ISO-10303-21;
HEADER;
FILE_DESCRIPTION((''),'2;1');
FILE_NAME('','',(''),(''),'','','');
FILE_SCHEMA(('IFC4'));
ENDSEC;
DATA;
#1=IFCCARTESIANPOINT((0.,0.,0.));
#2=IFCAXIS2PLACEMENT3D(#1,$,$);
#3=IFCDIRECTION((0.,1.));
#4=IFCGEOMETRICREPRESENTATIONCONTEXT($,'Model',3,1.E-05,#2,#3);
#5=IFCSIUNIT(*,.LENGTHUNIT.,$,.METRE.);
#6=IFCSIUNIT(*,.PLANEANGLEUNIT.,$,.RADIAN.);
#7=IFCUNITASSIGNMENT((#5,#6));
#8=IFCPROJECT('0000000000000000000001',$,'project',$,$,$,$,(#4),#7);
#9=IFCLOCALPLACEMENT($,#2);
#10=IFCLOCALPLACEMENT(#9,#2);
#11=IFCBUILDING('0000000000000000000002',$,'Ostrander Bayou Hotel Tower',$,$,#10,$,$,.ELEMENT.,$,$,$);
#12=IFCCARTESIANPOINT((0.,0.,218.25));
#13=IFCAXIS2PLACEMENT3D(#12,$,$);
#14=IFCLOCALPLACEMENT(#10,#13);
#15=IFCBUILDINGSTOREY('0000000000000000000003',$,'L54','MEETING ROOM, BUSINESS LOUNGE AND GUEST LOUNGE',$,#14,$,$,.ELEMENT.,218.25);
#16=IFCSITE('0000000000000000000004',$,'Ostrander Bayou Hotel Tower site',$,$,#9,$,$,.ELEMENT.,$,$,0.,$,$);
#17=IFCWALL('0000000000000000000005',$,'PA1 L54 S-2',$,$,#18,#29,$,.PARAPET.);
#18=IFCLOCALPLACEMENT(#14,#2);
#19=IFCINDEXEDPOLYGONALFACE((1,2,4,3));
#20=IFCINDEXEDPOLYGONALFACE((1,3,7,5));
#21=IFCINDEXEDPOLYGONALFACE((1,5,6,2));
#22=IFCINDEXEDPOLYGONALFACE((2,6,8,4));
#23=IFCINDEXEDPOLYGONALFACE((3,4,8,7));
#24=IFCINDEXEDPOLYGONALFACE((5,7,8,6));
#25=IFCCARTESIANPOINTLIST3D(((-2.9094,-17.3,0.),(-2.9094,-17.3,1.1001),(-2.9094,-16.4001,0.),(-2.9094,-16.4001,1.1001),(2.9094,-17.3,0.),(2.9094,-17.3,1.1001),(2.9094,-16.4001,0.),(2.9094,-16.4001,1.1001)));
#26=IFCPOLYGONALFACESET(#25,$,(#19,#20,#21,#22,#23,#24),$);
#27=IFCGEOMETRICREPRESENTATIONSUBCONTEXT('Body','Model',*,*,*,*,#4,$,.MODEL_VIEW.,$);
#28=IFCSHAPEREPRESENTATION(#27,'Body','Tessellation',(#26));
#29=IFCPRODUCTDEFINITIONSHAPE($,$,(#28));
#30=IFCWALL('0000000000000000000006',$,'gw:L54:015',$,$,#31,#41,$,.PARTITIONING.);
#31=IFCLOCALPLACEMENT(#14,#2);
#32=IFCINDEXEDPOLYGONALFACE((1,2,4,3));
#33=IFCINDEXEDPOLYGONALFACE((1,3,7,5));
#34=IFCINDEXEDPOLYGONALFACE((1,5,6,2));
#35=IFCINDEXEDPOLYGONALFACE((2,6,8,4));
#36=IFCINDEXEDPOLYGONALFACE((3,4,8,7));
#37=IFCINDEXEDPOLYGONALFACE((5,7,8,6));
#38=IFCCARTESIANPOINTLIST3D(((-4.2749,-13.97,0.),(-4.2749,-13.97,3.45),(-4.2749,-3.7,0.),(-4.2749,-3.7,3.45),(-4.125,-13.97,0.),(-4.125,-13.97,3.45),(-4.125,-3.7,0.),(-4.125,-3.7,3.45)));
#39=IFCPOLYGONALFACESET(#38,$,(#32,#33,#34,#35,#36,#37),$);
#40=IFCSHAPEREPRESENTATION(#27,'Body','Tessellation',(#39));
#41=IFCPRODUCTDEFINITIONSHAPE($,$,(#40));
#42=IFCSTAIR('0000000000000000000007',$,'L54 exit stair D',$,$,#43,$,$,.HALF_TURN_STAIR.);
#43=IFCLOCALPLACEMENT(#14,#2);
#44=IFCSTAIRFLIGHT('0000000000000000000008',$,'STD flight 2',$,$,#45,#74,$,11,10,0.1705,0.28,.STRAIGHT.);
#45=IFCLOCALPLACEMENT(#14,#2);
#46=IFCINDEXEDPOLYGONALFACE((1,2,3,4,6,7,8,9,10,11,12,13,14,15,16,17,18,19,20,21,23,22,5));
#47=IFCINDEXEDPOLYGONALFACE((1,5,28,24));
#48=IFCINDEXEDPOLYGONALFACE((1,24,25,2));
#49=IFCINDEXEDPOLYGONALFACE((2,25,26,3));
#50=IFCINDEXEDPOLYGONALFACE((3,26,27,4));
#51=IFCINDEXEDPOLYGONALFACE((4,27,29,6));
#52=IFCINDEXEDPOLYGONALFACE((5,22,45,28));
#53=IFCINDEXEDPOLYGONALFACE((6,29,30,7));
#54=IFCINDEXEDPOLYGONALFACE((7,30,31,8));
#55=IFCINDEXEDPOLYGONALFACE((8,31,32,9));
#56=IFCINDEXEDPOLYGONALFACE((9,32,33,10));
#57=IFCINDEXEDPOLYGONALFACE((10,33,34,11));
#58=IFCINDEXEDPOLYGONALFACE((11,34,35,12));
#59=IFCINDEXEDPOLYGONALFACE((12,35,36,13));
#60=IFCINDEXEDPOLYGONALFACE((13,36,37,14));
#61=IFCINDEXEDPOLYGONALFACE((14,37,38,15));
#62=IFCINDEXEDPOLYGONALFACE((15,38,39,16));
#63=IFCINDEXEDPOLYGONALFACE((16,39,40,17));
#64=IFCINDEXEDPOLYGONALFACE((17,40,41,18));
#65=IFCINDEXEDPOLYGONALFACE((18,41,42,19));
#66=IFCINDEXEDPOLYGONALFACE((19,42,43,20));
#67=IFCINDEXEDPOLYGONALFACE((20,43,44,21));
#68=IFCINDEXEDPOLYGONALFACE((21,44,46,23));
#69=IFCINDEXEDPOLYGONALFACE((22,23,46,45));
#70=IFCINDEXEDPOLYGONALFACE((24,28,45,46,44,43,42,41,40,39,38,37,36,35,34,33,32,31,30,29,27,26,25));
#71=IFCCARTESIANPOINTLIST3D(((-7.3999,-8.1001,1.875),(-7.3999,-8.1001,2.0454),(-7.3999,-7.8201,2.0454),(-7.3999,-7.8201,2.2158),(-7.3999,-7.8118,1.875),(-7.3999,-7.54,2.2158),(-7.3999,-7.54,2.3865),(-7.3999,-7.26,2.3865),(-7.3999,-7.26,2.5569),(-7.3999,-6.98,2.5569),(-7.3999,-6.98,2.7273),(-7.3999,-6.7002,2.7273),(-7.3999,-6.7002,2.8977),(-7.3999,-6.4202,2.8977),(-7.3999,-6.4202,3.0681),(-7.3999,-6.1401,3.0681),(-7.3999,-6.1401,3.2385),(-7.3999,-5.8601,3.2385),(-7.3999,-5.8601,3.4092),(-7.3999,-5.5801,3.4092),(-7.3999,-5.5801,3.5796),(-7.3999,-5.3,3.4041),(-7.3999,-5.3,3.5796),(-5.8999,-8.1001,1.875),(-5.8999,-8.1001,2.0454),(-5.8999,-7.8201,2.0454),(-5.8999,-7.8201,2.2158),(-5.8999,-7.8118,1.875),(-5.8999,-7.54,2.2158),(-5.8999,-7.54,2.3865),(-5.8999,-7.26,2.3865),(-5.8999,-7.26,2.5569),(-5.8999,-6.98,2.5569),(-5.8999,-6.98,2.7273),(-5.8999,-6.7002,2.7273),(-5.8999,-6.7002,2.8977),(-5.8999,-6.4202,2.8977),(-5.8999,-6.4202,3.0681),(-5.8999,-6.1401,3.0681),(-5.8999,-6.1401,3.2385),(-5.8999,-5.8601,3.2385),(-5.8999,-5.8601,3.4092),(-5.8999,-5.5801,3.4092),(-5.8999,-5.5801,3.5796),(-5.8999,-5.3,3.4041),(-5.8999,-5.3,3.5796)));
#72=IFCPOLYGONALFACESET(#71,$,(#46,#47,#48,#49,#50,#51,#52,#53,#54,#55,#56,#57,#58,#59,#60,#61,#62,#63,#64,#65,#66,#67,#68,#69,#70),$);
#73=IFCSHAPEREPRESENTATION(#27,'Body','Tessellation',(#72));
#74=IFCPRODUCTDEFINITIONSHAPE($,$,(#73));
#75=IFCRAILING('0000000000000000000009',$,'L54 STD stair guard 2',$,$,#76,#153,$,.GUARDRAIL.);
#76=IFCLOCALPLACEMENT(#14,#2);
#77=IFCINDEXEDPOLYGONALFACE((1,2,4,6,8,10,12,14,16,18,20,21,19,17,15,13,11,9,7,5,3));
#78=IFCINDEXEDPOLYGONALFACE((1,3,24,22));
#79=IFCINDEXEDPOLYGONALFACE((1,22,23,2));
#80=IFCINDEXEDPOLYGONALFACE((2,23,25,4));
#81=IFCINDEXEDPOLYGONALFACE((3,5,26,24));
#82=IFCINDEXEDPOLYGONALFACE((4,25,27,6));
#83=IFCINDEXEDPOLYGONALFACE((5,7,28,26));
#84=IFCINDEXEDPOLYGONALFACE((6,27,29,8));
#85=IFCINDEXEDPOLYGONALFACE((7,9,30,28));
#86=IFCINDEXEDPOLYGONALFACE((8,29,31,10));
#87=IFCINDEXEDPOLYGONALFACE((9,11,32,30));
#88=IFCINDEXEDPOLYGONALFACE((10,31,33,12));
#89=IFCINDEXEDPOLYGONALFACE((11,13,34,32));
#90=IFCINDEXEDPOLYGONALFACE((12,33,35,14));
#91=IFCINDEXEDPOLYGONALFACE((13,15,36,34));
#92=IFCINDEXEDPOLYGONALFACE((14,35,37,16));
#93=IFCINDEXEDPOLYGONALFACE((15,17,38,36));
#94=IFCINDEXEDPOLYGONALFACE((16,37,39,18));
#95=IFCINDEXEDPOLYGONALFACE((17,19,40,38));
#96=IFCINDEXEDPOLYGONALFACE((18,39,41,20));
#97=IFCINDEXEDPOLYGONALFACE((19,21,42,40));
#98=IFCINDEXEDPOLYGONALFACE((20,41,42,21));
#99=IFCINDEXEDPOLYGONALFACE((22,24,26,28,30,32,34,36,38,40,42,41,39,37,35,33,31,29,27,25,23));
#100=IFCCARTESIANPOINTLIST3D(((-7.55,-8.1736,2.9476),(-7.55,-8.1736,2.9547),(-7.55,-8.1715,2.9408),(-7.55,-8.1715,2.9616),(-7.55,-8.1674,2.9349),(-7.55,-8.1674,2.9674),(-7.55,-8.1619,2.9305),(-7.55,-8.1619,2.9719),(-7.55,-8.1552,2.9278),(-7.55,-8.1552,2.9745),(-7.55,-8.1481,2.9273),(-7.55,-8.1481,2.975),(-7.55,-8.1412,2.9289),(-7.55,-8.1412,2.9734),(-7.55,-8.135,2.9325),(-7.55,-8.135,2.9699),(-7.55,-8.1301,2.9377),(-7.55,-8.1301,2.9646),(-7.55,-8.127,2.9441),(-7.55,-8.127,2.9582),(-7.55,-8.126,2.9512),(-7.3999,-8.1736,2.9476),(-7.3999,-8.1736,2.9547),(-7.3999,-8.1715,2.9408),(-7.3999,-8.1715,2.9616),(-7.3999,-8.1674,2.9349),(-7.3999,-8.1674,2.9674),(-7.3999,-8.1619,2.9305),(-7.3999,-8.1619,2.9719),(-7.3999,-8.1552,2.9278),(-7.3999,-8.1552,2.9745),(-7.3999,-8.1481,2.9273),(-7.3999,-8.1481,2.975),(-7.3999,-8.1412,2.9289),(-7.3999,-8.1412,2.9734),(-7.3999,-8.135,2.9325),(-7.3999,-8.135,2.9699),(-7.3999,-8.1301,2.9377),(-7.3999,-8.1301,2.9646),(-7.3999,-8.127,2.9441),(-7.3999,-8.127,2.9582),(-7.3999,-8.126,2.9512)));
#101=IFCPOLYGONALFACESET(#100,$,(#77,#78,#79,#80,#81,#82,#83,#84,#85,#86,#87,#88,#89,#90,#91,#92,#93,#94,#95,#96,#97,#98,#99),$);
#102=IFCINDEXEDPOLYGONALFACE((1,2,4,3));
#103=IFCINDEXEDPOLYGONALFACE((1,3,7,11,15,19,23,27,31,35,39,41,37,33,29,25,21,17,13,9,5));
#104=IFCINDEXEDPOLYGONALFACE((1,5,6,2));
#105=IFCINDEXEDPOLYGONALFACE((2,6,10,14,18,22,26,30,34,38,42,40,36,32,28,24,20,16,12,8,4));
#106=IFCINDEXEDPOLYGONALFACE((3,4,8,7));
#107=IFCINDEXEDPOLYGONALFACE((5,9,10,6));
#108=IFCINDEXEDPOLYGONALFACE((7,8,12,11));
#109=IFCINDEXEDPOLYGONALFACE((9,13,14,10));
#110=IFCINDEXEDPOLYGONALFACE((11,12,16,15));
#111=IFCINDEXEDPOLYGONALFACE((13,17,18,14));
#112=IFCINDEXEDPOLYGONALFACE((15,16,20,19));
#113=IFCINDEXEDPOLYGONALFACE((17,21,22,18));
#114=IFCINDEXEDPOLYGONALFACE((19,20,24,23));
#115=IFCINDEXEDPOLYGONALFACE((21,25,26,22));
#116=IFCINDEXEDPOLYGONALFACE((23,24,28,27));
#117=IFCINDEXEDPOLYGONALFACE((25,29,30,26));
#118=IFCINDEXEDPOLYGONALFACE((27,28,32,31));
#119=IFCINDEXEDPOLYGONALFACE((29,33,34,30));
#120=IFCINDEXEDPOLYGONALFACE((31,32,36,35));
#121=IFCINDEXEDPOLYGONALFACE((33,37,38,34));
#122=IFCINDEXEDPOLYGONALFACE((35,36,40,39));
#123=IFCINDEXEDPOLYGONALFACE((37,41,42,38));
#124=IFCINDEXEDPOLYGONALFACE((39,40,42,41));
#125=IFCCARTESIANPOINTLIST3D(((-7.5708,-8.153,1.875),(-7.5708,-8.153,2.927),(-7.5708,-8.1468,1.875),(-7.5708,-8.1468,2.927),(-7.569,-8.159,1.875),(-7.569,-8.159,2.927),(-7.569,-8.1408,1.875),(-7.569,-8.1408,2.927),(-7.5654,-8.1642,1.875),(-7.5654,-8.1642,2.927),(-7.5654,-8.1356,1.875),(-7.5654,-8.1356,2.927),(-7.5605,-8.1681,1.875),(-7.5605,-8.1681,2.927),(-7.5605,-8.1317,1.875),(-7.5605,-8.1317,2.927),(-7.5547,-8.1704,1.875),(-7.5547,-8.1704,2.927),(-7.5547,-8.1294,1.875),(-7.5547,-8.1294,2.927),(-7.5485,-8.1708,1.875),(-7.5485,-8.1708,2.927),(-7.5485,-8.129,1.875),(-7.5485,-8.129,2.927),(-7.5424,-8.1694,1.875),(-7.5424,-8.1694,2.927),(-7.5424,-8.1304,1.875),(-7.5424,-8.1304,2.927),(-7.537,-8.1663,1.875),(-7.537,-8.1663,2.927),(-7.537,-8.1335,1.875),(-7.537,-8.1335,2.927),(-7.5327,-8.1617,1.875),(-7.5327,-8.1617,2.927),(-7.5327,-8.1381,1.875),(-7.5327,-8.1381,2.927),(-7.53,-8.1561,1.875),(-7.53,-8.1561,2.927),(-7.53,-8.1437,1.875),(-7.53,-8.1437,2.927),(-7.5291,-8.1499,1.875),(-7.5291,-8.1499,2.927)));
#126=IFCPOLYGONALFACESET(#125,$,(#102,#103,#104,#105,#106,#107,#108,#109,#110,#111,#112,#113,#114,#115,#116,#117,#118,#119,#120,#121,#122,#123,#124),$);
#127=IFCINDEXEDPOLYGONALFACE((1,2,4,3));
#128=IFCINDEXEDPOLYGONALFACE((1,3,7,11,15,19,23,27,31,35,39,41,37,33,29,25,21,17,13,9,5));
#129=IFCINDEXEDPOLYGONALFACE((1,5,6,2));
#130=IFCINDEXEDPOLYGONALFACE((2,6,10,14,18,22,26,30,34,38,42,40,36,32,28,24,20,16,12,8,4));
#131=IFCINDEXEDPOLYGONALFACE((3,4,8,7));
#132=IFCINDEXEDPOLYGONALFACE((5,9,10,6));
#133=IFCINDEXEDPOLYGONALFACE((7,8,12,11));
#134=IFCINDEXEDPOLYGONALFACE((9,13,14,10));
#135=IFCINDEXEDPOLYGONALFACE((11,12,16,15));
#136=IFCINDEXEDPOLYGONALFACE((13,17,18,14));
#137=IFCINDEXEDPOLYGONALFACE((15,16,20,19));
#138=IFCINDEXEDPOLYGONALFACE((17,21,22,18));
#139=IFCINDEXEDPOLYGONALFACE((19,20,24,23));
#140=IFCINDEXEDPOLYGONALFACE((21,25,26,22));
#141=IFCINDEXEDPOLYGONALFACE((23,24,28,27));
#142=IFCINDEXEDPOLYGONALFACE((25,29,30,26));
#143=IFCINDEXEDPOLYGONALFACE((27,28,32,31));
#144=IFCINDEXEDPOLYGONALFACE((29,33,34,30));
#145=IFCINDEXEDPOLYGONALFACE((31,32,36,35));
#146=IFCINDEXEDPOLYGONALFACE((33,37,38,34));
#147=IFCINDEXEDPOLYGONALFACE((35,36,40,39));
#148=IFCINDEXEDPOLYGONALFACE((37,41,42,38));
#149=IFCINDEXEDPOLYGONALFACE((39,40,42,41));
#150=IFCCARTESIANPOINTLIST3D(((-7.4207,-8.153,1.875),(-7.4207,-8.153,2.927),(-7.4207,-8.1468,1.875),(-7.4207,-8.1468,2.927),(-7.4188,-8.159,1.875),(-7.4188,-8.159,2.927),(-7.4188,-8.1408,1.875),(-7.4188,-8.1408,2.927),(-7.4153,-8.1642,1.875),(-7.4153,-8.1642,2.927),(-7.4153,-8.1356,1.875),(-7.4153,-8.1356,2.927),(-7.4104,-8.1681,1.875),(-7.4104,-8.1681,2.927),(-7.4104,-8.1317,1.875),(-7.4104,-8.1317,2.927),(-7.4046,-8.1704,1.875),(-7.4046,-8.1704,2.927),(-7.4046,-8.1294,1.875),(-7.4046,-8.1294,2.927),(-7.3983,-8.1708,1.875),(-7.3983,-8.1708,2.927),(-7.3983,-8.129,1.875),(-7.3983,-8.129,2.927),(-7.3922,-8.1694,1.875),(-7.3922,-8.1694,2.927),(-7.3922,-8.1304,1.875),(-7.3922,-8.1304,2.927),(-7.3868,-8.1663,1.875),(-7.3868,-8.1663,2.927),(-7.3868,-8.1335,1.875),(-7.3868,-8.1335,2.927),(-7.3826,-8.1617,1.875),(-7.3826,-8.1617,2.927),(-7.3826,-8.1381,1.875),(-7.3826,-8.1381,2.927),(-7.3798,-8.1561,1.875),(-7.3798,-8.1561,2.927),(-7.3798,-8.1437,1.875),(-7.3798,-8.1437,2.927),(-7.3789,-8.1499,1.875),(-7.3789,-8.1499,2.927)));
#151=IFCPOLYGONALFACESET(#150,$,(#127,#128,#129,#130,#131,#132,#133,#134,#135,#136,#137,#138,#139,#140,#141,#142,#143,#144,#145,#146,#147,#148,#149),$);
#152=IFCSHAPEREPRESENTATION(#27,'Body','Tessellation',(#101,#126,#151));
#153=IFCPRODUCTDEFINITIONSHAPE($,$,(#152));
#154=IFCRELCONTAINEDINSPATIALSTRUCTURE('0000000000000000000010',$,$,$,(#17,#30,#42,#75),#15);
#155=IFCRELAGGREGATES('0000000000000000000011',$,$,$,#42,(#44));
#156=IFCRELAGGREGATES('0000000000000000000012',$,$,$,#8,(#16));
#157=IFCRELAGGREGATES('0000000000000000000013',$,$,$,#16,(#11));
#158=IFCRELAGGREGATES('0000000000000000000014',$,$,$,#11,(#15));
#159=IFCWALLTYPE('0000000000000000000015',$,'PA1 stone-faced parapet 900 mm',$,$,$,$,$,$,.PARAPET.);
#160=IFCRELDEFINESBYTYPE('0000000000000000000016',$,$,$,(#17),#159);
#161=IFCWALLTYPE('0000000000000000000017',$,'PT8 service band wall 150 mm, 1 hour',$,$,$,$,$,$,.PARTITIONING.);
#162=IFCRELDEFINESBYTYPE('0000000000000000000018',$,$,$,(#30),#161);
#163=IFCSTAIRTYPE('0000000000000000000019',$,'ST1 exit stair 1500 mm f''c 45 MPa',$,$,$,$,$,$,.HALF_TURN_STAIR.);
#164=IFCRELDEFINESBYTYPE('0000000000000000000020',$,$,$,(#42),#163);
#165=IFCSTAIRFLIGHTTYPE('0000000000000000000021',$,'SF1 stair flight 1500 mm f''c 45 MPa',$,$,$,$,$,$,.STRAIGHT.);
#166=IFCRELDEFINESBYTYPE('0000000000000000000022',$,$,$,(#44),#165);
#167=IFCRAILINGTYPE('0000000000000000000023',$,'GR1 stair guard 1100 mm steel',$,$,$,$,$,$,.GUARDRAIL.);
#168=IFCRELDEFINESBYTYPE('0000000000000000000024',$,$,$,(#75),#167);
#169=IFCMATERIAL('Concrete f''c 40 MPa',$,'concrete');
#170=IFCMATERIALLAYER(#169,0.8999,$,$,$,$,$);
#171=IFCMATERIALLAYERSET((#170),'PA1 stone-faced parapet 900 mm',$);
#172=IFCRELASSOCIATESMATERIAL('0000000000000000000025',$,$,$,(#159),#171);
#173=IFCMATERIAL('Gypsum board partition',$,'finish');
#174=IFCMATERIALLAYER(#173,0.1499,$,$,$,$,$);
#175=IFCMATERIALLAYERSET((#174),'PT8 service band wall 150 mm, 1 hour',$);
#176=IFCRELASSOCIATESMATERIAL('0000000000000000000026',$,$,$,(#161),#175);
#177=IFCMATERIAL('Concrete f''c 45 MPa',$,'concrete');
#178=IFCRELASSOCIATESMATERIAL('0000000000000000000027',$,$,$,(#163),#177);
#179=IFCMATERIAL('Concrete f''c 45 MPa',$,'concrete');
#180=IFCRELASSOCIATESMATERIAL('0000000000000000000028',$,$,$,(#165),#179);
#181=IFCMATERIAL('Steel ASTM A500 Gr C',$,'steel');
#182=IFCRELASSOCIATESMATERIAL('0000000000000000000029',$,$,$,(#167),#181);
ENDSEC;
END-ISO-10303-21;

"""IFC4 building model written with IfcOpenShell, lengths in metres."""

from ifc_helpers import new_model, si_unit, direction, frame, frame_2d, origin, origin_2d, place, context, subcontext, project, spatial, polyline, rectangle, circle, outline, extrude, material, layer, layer_set, type_object, element, aggregate, save


model = new_model("IFC4")

# Units and contexts
model_context = context("Model", 3, precision=1e-05, world=origin(), true_north=direction((0.0, 1.0)))
body_context = subcontext(model_context, "Body", "Model", "MODEL_VIEW")
ifc_project = project(units=[si_unit("LENGTHUNIT", "METRE"), si_unit("PLANEANGLEUNIT", "RADIAN")], contexts=[model_context])

# Site, building, storey
site_placement = place(None, origin())
site = spatial("IfcSite", under=ifc_project, at=site_placement, Name="Ostrander Bayou Hotel Tower site", CompositionType="ELEMENT", RefElevation=0.0)
building_placement = place(site_placement, origin())
building = spatial("IfcBuilding", under=site, at=building_placement, Name="Ostrander Bayou Hotel Tower", CompositionType="ELEMENT")
storey_placement = place(building_placement, frame((0.0, 0.0, 218.25)))
storey = spatial("IfcBuildingStorey", under=building, at=storey_placement, Name="L54", Description="MEETING ROOM, BUSINESS LOUNGE AND GUEST LOUNGE", CompositionType="ELEMENT", Elevation=218.25)

# Walls
ifc_material_1 = material(Name="Concrete f'c 40 MPa", Category="concrete")
ifc_layer_1 = layer(ifc_material_1, 0.8999)
ifc_layer_set_1 = layer_set([ifc_layer_1], Name="PA1 stone-faced parapet 900 mm")
wall_type_1 = type_object("IfcWallType", Name="PA1 stone-faced parapet 900 mm", PredefinedType="PARAPET", material=ifc_layer_set_1)
wall_1_placement = place(storey_placement, frame((-2.9094, -16.8501, 0.0), z_axis=(0.0, 0.0, 1.0), x_axis=(1.0, 0.0, 0.0)))
element("IfcWall", 1, at=wall_1_placement, inside=storey, type_object=wall_type_1, Name="PA1 L54 S-2", PredefinedType="PARAPET", context=body_context, shape_type="SweptSolid", body=[
    extrude(rectangle(XDim=5.8188, YDim=0.8999, at=frame_2d((2.9094, 0.0))), origin(), (0.0, 0.0, 1.0), 1.1001),
])
ifc_material_2 = material(Name="Gypsum board partition", Category="finish")
ifc_layer_2 = layer(ifc_material_2, 0.1499)
ifc_layer_set_2 = layer_set([ifc_layer_2], Name="PT8 service band wall 150 mm, 1 hour")
wall_type_2 = type_object("IfcWallType", Name="PT8 service band wall 150 mm, 1 hour", PredefinedType="PARTITIONING", material=ifc_layer_set_2)
wall_2_placement = place(storey_placement, frame((-4.2, -13.97, 0.0), z_axis=(0.0, 0.0, 1.0), x_axis=(0.0, 1.0, 0.0)))
element("IfcWall", 2, at=wall_2_placement, inside=storey, type_object=wall_type_2, Name="gw:L54:015", PredefinedType="PARTITIONING", context=body_context, shape_type="SweptSolid", body=[
    extrude(rectangle(XDim=10.27, YDim=0.1499, at=frame_2d((5.135, 0.0))), origin(), (0.0, 0.0, 1.0), 3.45),
])

# Stair, stair flight
ifc_material_3 = material(Name="Concrete f'c 45 MPa", Category="concrete")
stair_type = type_object("IfcStairType", Name="ST1 exit stair 1500 mm f'c 45 MPa", PredefinedType="HALF_TURN_STAIR", material=ifc_material_3)
stair_placement = place(storey_placement, origin())
stair = element("IfcStair", 3, at=stair_placement, inside=storey, type_object=stair_type, Name="L54 exit stair D", PredefinedType="HALF_TURN_STAIR")
ifc_material_4 = material(Name="Concrete f'c 45 MPa", Category="concrete")
stair_flight_type = type_object("IfcStairFlightType", Name="SF1 stair flight 1500 mm f'c 45 MPa", PredefinedType="STRAIGHT", material=ifc_material_4)
stair_flight_placement = place(storey_placement, frame((-6.6499, -8.1001, 1.875), z_axis=(0.0, 0.0, 1.0), x_axis=(0.0, 1.0, 0.0)))
stair_flight = element("IfcStairFlight", 4, at=stair_flight_placement, type_object=stair_flight_type, Name="STD flight 2", NumberOfRisers=11, NumberOfTreads=10, PredefinedType="STRAIGHT", RiserHeight=0.1705, TreadLength=0.28, context=body_context, shape_type="SweptSolid", body=[
    extrude(outline(polyline([(0.0, 0.0), (0.0, 0.1704), (0.28, 0.1704), (0.28, 0.3408), (0.5601, 0.3408), (0.5601, 0.5115), (0.8401, 0.5115), (0.8401, 0.6819), (1.1201, 0.6819), (1.1201, 0.8523), (1.3999, 0.8523), (1.3999, 1.0227), (1.6799, 1.0227), (1.6799, 1.1931), (1.96, 1.1931), (1.96, 1.3635), (2.24, 1.3635), (2.24, 1.5342), (2.52, 1.5342), (2.52, 1.7046), (2.8, 1.7046), (2.8, 1.875), (2.8, 1.5291), (0.2883, 0.0), (0.0, 0.0)])), frame((0.0, 0.75, 0.0), z_axis=(0.0, -1.0, 0.0), x_axis=(1.0, 0.0, 0.0)), (0.0, 0.0, 1.0), 1.5),
])
aggregate(stair, [stair_flight])

# Railing
ifc_material_5 = material(Name="Steel ASTM A500 Gr C", Category="steel")
railing_type_1 = type_object("IfcRailingType", Name="GR1 stair guard 1100 mm steel", PredefinedType="GUARDRAIL", material=ifc_material_5)
railing_1_placement = place(storey_placement, frame((-7.55, -8.1499, 1.875)))
element("IfcRailing", 5, at=railing_1_placement, inside=storey, type_object=railing_type_1, Name="L54 STD stair guard 2", PredefinedType="GUARDRAIL", context=body_context, shape_type="SweptSolid", body=[
    extrude(circle(Radius=0.0239, at=origin_2d()), frame((0.0, 0.0, 1.0762), z_axis=(1.0, 0.0, 0.0), x_axis=(0.0, 1.0, 0.0)), (0.0, 0.0, 1.0), 0.1501),
    extrude(circle(Radius=0.021, at=origin_2d()), origin(), (0.0, 0.0, 1.0), 1.052),
    extrude(circle(Radius=0.021, at=origin_2d()), frame((0.1501, 0.0, 0.0)), (0.0, 0.0, 1.0), 1.052),
])

save(model, "model.ifc")
